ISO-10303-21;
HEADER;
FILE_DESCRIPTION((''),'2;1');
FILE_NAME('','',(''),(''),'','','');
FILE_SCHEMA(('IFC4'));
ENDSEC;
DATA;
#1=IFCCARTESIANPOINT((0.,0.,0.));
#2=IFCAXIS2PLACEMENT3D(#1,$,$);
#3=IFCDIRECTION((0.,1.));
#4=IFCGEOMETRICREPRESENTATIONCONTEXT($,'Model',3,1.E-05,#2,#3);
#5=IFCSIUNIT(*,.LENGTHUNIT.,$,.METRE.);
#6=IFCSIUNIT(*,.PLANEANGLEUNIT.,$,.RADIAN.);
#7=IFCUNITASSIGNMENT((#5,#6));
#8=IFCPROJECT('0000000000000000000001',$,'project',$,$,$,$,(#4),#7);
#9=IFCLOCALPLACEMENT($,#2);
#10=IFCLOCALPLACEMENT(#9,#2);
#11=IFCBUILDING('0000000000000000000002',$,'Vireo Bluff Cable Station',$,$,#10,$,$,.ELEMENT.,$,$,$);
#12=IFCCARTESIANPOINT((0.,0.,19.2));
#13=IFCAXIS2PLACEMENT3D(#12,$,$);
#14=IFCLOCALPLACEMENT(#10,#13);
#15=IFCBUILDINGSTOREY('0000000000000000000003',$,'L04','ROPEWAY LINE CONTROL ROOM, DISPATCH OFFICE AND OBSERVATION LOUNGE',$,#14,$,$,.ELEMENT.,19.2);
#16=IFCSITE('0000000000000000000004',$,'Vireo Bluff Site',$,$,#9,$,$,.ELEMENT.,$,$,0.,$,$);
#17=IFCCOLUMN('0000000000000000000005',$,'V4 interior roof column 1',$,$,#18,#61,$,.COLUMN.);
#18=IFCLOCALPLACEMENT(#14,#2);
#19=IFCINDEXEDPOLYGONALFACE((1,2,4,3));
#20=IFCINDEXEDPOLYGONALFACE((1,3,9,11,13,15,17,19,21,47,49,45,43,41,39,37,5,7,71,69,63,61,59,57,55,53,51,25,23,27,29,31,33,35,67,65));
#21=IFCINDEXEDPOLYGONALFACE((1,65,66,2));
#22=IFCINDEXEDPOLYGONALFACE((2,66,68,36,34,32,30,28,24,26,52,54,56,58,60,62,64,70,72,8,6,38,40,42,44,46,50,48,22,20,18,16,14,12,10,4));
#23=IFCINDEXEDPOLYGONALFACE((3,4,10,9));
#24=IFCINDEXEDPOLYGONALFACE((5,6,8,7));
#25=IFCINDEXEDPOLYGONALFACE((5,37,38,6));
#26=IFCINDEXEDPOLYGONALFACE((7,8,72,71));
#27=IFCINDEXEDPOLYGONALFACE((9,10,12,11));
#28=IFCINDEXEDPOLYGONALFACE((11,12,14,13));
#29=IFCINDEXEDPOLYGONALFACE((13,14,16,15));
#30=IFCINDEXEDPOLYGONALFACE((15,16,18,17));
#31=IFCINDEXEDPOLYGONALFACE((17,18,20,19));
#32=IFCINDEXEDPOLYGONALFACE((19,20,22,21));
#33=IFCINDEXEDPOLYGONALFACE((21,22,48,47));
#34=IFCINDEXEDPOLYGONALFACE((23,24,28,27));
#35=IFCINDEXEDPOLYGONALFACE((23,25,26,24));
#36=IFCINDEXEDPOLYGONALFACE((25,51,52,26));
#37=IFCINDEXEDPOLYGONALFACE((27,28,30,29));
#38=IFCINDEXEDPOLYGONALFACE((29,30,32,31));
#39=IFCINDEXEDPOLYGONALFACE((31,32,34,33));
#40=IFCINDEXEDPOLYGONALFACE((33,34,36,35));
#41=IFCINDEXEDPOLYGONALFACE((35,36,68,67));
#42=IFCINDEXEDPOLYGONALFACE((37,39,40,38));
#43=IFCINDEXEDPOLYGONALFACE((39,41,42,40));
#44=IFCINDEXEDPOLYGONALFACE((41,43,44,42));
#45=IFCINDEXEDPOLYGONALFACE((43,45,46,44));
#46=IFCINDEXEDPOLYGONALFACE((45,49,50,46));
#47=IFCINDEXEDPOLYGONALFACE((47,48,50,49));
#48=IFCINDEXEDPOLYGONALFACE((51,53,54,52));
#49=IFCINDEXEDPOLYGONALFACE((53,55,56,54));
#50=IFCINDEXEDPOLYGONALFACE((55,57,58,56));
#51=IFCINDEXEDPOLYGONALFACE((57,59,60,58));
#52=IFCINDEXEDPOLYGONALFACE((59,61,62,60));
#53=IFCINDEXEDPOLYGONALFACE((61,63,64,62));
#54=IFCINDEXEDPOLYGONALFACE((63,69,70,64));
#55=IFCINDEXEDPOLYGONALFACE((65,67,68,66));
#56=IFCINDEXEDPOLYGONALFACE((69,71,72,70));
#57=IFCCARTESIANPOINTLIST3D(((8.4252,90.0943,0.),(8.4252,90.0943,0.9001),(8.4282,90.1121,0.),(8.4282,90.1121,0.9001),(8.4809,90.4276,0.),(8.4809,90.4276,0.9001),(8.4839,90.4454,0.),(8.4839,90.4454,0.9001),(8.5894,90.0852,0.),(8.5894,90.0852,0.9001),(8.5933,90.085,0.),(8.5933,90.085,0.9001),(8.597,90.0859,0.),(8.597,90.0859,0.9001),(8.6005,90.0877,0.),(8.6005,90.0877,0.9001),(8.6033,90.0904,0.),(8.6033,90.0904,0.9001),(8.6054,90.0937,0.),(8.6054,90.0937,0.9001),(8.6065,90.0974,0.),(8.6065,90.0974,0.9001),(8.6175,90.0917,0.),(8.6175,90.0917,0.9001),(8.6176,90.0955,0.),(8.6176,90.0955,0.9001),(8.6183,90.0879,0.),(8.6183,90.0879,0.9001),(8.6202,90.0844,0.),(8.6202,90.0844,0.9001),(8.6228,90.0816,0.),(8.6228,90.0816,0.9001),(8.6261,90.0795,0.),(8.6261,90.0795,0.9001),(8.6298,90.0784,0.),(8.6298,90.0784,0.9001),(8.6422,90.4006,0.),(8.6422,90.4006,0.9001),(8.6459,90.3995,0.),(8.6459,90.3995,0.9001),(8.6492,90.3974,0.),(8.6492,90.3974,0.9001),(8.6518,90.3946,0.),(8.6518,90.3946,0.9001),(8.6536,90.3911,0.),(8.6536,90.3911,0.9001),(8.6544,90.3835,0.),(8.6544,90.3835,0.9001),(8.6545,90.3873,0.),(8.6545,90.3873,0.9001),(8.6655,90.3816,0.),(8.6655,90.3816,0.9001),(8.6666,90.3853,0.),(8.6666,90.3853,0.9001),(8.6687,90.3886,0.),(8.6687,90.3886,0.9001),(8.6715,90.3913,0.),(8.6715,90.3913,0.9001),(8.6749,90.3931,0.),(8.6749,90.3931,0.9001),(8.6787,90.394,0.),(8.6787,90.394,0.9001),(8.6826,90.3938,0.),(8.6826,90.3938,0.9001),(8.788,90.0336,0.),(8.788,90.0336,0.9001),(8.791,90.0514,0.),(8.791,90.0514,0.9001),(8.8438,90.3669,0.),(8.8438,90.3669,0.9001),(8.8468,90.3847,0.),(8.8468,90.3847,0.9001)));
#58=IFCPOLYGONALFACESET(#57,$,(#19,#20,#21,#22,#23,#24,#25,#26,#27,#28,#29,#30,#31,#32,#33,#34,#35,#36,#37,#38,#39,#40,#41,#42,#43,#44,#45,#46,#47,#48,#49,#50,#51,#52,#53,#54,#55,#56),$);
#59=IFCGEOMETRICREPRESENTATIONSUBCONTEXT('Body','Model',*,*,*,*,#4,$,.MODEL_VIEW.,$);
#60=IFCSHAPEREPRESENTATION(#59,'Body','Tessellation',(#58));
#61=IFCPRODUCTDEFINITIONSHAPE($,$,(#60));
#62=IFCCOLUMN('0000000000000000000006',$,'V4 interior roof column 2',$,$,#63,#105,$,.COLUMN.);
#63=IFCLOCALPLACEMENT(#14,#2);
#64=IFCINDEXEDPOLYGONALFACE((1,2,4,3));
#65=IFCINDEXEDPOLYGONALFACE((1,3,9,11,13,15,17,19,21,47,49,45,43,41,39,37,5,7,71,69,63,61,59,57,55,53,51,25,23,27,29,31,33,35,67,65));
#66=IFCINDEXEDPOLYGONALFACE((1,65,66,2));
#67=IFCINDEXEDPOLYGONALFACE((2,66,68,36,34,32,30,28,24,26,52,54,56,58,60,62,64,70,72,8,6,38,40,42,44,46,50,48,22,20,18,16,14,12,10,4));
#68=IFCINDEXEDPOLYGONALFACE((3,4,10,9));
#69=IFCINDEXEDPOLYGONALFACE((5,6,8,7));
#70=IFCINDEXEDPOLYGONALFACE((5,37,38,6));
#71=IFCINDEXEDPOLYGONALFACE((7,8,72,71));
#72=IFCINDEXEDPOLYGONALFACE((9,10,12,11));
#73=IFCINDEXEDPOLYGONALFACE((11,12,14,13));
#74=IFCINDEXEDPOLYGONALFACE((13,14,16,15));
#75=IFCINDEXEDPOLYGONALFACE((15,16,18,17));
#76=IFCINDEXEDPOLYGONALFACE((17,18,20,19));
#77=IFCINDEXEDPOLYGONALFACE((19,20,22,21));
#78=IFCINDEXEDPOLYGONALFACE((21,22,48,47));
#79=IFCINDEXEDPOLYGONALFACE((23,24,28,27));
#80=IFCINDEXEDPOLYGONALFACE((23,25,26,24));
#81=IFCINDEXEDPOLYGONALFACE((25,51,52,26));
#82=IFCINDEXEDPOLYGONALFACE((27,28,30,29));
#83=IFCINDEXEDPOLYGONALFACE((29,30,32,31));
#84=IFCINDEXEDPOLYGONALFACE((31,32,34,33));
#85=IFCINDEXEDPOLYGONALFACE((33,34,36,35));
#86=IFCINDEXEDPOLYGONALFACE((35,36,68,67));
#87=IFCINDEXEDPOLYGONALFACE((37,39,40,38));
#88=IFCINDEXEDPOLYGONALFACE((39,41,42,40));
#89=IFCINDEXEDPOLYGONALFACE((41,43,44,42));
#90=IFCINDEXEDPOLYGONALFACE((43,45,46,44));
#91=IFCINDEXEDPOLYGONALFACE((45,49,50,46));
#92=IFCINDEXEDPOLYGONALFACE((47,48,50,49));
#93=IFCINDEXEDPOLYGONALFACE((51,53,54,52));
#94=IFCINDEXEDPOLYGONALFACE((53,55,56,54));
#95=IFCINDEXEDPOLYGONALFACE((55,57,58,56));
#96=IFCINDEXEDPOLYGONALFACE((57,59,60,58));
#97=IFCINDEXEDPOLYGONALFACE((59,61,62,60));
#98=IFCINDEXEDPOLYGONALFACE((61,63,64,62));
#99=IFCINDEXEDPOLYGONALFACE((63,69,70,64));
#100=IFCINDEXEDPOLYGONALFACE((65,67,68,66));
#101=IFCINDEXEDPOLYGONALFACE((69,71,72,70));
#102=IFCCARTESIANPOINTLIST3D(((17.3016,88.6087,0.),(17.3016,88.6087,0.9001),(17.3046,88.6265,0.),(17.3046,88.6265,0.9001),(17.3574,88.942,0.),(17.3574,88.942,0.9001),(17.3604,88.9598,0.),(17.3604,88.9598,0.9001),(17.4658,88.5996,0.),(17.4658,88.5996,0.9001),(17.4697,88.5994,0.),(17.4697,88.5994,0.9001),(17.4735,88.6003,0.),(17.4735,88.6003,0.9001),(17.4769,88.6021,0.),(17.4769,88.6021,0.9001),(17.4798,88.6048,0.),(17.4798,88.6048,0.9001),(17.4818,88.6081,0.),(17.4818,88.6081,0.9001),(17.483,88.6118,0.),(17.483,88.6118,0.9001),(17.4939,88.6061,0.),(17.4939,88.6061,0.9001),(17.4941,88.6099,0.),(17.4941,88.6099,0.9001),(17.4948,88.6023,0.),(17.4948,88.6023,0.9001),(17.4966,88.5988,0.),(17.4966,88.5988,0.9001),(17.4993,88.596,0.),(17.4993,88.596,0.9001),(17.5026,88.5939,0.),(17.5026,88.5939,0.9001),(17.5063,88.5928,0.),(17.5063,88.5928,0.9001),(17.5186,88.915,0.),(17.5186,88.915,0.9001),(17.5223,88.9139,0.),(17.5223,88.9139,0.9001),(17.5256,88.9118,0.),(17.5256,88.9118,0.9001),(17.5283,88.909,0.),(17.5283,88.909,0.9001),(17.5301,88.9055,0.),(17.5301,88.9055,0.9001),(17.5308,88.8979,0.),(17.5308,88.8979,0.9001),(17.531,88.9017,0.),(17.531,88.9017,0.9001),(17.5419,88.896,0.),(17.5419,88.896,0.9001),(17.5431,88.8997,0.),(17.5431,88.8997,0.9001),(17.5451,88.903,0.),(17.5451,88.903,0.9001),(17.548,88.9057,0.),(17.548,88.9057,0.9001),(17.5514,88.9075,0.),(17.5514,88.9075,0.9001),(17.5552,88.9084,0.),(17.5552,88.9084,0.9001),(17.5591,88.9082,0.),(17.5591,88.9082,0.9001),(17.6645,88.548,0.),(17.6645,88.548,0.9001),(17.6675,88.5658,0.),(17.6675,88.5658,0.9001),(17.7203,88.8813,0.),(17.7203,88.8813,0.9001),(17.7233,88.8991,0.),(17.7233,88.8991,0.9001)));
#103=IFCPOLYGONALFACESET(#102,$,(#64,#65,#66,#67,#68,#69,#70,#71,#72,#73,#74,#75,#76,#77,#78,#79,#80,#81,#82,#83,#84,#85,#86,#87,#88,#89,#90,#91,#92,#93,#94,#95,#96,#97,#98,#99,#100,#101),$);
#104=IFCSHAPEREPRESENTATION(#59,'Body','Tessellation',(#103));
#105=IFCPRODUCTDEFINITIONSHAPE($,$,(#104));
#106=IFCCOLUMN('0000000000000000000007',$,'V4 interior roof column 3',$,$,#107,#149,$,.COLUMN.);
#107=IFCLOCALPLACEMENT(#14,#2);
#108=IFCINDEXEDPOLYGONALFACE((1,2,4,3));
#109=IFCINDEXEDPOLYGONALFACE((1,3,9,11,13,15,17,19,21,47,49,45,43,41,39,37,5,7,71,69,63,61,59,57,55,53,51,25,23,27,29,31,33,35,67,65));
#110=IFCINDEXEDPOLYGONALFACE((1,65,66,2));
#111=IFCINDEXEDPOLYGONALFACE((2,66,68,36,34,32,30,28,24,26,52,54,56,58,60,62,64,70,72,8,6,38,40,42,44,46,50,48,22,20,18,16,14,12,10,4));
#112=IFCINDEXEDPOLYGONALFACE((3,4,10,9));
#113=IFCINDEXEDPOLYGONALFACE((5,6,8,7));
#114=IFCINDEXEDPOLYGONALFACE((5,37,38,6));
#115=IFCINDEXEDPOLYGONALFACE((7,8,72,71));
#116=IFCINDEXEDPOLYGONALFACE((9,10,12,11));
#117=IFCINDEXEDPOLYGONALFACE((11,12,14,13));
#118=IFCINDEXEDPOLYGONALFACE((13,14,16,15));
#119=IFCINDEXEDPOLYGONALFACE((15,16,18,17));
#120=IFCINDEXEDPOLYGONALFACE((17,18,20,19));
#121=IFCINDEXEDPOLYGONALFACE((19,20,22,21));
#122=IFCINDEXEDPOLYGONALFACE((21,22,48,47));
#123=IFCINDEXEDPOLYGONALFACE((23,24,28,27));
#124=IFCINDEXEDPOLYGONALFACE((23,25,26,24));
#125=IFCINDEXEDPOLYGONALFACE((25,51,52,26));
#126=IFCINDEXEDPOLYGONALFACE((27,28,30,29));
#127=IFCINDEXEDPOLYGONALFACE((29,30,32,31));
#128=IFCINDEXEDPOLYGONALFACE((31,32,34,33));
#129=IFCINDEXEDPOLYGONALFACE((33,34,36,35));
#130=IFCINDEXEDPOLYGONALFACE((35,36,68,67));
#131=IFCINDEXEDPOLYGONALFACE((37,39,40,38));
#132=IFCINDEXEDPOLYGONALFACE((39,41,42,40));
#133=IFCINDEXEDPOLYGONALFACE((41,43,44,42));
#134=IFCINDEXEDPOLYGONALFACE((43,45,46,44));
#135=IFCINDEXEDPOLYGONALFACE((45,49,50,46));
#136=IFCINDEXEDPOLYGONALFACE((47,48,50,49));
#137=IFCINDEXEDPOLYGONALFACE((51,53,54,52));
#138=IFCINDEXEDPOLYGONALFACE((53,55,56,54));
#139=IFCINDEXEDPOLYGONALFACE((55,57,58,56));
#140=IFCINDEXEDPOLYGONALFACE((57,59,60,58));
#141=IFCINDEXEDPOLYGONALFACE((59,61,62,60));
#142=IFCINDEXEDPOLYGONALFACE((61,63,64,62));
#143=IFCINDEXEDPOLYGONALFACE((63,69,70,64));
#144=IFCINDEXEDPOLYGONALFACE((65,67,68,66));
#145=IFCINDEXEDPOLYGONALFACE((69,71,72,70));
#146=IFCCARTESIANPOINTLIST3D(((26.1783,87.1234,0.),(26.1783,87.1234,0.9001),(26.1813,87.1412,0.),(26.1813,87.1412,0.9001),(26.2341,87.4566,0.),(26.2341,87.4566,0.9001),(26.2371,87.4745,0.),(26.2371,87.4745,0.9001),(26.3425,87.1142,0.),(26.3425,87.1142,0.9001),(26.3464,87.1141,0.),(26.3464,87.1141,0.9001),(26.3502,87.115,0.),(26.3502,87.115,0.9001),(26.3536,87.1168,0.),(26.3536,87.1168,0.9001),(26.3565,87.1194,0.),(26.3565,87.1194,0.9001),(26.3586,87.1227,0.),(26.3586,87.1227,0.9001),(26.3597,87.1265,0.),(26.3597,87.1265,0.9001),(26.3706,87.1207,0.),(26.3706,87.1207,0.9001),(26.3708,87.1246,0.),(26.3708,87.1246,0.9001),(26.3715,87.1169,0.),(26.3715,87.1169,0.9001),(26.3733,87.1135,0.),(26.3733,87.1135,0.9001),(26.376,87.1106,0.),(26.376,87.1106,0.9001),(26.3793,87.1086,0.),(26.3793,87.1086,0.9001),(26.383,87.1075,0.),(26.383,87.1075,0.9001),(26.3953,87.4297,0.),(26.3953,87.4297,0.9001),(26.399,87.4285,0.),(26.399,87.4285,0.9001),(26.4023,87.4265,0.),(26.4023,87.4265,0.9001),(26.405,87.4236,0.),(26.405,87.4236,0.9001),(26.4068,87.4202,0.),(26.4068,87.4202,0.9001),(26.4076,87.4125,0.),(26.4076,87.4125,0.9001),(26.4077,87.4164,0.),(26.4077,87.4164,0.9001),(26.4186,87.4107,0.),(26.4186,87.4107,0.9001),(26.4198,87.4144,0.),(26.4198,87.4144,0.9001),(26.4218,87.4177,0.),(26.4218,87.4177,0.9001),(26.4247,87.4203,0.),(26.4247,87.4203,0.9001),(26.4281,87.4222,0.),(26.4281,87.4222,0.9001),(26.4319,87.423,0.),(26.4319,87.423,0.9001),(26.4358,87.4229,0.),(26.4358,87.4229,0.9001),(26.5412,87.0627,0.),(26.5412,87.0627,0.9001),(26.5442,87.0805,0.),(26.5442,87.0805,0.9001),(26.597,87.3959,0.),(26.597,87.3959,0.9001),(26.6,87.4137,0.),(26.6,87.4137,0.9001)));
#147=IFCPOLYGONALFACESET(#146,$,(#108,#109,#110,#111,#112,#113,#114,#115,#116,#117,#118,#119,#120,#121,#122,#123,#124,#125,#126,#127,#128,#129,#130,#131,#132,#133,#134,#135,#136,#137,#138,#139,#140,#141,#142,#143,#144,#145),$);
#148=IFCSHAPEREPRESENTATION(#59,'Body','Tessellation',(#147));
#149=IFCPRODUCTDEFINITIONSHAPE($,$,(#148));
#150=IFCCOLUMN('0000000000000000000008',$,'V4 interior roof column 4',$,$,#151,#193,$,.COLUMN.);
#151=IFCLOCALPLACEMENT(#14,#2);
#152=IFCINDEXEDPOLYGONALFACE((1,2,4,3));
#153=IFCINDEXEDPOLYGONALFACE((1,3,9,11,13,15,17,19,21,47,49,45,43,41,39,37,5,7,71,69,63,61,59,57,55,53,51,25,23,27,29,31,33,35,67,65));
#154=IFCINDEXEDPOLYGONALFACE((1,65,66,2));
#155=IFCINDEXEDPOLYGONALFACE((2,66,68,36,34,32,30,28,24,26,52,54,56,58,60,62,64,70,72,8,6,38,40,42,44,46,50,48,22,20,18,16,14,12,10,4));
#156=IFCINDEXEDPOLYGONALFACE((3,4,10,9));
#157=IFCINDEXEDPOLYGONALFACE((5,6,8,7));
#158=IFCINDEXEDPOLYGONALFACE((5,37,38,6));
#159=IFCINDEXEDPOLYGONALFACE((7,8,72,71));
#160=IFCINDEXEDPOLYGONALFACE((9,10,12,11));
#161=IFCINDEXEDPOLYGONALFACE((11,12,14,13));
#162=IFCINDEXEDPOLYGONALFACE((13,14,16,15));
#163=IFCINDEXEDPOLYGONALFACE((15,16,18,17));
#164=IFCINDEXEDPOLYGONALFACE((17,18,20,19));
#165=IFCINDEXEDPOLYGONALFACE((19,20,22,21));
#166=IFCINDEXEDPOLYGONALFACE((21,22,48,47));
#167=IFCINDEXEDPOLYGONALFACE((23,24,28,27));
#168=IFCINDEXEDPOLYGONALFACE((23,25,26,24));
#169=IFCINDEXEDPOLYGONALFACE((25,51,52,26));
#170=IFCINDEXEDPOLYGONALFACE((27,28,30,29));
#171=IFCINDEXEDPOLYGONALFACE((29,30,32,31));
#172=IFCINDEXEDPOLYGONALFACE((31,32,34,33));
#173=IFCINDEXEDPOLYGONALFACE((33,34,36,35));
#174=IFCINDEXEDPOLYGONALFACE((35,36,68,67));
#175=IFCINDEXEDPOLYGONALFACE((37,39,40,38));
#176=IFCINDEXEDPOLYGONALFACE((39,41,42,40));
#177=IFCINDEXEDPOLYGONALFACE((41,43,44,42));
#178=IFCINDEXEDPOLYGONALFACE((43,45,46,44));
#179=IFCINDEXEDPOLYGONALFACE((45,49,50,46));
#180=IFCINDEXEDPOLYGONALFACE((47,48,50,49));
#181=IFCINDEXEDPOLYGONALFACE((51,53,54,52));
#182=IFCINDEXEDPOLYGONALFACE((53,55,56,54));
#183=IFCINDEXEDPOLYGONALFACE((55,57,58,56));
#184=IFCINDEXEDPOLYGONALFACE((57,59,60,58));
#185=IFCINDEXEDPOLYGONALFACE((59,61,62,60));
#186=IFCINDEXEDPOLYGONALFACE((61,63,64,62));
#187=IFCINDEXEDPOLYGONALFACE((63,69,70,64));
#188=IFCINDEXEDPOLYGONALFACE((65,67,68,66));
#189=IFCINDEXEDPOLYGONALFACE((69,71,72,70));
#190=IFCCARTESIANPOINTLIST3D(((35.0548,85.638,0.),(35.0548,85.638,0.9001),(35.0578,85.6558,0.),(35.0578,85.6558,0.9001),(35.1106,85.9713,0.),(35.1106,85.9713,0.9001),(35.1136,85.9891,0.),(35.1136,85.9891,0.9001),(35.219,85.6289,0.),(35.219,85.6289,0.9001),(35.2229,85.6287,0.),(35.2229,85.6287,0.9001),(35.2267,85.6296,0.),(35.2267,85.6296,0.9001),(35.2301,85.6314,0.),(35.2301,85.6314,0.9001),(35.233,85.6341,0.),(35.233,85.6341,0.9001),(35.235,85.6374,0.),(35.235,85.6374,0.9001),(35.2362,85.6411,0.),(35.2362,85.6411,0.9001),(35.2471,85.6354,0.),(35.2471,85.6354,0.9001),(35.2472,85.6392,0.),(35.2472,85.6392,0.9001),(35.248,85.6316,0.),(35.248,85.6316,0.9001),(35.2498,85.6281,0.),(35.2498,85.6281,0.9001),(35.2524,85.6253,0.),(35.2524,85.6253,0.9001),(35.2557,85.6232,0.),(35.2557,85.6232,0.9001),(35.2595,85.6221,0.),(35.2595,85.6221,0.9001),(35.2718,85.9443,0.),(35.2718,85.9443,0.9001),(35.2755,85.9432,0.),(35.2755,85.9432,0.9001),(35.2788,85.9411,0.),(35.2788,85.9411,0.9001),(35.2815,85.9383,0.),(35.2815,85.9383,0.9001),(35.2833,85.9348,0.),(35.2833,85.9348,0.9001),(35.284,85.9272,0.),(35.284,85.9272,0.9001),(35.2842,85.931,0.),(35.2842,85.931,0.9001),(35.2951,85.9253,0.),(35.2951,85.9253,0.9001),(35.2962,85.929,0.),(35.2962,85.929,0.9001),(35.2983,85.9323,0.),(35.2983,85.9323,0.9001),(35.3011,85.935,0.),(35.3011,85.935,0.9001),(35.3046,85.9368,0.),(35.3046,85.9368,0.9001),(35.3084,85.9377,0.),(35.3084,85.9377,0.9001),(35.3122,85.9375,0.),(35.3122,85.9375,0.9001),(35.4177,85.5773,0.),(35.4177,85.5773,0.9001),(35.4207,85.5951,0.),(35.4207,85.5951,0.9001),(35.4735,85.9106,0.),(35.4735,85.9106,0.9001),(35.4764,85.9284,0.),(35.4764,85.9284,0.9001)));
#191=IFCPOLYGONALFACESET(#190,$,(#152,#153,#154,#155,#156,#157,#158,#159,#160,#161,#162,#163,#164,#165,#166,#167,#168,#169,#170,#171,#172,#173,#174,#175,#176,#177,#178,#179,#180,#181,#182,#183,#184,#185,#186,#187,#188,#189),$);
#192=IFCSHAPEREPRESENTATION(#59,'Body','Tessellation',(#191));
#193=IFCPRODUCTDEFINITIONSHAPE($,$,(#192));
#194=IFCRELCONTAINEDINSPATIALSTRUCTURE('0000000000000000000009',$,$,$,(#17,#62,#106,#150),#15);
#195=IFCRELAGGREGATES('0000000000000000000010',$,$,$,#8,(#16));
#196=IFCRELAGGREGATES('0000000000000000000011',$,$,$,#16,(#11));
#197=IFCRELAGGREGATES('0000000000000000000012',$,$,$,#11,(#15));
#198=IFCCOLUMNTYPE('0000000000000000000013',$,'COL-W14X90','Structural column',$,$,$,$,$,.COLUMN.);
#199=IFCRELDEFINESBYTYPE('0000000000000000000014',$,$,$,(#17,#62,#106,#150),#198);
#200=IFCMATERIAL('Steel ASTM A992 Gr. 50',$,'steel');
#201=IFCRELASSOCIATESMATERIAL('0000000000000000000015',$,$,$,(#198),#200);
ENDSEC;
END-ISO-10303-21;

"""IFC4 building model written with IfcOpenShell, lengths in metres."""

from ifc_helpers import new_model, si_unit, direction, frame, origin, origin_2d, place, context, subcontext, project, spatial, i_section, extrude, material, material_profile, profile_set, type_object, element, save


model = new_model("IFC4")

# Units and contexts
model_context = context("Model", 3, precision=1e-05, world=origin(), true_north=direction((0.0, 1.0)))
body_context = subcontext(model_context, "Body", "Model", "MODEL_VIEW")
ifc_project = project(units=[si_unit("LENGTHUNIT", "METRE"), si_unit("PLANEANGLEUNIT", "RADIAN")], contexts=[model_context])

# Site, building, storey
site_placement = place(None, origin())
site = spatial("IfcSite", under=ifc_project, at=site_placement, Name="Vireo Bluff Site", CompositionType="ELEMENT", RefElevation=0.0)
building_placement = place(site_placement, origin())
building = spatial("IfcBuilding", under=site, at=building_placement, Name="Vireo Bluff Cable Station", CompositionType="ELEMENT")
storey_placement = place(building_placement, frame((0.0, 0.0, 19.2)))
storey = spatial("IfcBuildingStorey", under=building, at=storey_placement, Name="L04", Description="ROPEWAY LINE CONTROL ROOM, DISPATCH OFFICE AND OBSERVATION LOUNGE", CompositionType="ELEMENT", Elevation=19.2)

# Columns
ifc_material_1 = material(Name="Steel ASTM A992 Gr. 50", Category="steel")
ifc_material_profile_1 = material_profile(ifc_material_1, i_section(OverallWidth=0.3679, OverallDepth=0.356, WebThickness=0.0112, FlangeThickness=0.0181, FilletRadius=0.0149, at=origin_2d()), Name="W14X90")
ifc_profile_set_1 = profile_set([ifc_material_profile_1], Name="Steel ASTM A992 Gr. 50")
column_type_1 = type_object("IfcColumnType", Name="COL-W14X90", Description="Structural column", PredefinedType="COLUMN", material=ifc_profile_set_1)
for number, where, z_axis, x_axis, name in (
    (1, (8.636, 90.2395, 0.0), (0.0, 0.0, 1.0), (0.986286, -0.165048, 0.0), "V4 interior roof column 1"),
    (2, (17.5125, 88.7539, 0.0), (0.0, 0.0, 1.0), (0.986286, -0.165048, 0.0), "V4 interior roof column 2"),
    (3, (26.3892, 87.2686, 0.0), (0.0, 0.0, 1.0), (0.986286, -0.165048, 0.0), "V4 interior roof column 3"),
    (4, (35.2656, 85.7832, 0.0), (0.0, 0.0, 1.0), (0.986286, -0.165048, 0.0), "V4 interior roof column 4"),
):
    element("IfcColumn", number, at=place(storey_placement, frame(where, z_axis=z_axis, x_axis=x_axis)), inside=storey, type_object=column_type_1, Name=name, PredefinedType="COLUMN", context=body_context, shape_type="SweptSolid", body=[
        extrude(i_section(OverallWidth=0.3679, OverallDepth=0.356, WebThickness=0.0112, FlangeThickness=0.0181, FilletRadius=0.0149, at=origin_2d()), origin(), (0.0, 0.0, 1.0), 0.9001),
    ])

save(model, "model.ifc")
